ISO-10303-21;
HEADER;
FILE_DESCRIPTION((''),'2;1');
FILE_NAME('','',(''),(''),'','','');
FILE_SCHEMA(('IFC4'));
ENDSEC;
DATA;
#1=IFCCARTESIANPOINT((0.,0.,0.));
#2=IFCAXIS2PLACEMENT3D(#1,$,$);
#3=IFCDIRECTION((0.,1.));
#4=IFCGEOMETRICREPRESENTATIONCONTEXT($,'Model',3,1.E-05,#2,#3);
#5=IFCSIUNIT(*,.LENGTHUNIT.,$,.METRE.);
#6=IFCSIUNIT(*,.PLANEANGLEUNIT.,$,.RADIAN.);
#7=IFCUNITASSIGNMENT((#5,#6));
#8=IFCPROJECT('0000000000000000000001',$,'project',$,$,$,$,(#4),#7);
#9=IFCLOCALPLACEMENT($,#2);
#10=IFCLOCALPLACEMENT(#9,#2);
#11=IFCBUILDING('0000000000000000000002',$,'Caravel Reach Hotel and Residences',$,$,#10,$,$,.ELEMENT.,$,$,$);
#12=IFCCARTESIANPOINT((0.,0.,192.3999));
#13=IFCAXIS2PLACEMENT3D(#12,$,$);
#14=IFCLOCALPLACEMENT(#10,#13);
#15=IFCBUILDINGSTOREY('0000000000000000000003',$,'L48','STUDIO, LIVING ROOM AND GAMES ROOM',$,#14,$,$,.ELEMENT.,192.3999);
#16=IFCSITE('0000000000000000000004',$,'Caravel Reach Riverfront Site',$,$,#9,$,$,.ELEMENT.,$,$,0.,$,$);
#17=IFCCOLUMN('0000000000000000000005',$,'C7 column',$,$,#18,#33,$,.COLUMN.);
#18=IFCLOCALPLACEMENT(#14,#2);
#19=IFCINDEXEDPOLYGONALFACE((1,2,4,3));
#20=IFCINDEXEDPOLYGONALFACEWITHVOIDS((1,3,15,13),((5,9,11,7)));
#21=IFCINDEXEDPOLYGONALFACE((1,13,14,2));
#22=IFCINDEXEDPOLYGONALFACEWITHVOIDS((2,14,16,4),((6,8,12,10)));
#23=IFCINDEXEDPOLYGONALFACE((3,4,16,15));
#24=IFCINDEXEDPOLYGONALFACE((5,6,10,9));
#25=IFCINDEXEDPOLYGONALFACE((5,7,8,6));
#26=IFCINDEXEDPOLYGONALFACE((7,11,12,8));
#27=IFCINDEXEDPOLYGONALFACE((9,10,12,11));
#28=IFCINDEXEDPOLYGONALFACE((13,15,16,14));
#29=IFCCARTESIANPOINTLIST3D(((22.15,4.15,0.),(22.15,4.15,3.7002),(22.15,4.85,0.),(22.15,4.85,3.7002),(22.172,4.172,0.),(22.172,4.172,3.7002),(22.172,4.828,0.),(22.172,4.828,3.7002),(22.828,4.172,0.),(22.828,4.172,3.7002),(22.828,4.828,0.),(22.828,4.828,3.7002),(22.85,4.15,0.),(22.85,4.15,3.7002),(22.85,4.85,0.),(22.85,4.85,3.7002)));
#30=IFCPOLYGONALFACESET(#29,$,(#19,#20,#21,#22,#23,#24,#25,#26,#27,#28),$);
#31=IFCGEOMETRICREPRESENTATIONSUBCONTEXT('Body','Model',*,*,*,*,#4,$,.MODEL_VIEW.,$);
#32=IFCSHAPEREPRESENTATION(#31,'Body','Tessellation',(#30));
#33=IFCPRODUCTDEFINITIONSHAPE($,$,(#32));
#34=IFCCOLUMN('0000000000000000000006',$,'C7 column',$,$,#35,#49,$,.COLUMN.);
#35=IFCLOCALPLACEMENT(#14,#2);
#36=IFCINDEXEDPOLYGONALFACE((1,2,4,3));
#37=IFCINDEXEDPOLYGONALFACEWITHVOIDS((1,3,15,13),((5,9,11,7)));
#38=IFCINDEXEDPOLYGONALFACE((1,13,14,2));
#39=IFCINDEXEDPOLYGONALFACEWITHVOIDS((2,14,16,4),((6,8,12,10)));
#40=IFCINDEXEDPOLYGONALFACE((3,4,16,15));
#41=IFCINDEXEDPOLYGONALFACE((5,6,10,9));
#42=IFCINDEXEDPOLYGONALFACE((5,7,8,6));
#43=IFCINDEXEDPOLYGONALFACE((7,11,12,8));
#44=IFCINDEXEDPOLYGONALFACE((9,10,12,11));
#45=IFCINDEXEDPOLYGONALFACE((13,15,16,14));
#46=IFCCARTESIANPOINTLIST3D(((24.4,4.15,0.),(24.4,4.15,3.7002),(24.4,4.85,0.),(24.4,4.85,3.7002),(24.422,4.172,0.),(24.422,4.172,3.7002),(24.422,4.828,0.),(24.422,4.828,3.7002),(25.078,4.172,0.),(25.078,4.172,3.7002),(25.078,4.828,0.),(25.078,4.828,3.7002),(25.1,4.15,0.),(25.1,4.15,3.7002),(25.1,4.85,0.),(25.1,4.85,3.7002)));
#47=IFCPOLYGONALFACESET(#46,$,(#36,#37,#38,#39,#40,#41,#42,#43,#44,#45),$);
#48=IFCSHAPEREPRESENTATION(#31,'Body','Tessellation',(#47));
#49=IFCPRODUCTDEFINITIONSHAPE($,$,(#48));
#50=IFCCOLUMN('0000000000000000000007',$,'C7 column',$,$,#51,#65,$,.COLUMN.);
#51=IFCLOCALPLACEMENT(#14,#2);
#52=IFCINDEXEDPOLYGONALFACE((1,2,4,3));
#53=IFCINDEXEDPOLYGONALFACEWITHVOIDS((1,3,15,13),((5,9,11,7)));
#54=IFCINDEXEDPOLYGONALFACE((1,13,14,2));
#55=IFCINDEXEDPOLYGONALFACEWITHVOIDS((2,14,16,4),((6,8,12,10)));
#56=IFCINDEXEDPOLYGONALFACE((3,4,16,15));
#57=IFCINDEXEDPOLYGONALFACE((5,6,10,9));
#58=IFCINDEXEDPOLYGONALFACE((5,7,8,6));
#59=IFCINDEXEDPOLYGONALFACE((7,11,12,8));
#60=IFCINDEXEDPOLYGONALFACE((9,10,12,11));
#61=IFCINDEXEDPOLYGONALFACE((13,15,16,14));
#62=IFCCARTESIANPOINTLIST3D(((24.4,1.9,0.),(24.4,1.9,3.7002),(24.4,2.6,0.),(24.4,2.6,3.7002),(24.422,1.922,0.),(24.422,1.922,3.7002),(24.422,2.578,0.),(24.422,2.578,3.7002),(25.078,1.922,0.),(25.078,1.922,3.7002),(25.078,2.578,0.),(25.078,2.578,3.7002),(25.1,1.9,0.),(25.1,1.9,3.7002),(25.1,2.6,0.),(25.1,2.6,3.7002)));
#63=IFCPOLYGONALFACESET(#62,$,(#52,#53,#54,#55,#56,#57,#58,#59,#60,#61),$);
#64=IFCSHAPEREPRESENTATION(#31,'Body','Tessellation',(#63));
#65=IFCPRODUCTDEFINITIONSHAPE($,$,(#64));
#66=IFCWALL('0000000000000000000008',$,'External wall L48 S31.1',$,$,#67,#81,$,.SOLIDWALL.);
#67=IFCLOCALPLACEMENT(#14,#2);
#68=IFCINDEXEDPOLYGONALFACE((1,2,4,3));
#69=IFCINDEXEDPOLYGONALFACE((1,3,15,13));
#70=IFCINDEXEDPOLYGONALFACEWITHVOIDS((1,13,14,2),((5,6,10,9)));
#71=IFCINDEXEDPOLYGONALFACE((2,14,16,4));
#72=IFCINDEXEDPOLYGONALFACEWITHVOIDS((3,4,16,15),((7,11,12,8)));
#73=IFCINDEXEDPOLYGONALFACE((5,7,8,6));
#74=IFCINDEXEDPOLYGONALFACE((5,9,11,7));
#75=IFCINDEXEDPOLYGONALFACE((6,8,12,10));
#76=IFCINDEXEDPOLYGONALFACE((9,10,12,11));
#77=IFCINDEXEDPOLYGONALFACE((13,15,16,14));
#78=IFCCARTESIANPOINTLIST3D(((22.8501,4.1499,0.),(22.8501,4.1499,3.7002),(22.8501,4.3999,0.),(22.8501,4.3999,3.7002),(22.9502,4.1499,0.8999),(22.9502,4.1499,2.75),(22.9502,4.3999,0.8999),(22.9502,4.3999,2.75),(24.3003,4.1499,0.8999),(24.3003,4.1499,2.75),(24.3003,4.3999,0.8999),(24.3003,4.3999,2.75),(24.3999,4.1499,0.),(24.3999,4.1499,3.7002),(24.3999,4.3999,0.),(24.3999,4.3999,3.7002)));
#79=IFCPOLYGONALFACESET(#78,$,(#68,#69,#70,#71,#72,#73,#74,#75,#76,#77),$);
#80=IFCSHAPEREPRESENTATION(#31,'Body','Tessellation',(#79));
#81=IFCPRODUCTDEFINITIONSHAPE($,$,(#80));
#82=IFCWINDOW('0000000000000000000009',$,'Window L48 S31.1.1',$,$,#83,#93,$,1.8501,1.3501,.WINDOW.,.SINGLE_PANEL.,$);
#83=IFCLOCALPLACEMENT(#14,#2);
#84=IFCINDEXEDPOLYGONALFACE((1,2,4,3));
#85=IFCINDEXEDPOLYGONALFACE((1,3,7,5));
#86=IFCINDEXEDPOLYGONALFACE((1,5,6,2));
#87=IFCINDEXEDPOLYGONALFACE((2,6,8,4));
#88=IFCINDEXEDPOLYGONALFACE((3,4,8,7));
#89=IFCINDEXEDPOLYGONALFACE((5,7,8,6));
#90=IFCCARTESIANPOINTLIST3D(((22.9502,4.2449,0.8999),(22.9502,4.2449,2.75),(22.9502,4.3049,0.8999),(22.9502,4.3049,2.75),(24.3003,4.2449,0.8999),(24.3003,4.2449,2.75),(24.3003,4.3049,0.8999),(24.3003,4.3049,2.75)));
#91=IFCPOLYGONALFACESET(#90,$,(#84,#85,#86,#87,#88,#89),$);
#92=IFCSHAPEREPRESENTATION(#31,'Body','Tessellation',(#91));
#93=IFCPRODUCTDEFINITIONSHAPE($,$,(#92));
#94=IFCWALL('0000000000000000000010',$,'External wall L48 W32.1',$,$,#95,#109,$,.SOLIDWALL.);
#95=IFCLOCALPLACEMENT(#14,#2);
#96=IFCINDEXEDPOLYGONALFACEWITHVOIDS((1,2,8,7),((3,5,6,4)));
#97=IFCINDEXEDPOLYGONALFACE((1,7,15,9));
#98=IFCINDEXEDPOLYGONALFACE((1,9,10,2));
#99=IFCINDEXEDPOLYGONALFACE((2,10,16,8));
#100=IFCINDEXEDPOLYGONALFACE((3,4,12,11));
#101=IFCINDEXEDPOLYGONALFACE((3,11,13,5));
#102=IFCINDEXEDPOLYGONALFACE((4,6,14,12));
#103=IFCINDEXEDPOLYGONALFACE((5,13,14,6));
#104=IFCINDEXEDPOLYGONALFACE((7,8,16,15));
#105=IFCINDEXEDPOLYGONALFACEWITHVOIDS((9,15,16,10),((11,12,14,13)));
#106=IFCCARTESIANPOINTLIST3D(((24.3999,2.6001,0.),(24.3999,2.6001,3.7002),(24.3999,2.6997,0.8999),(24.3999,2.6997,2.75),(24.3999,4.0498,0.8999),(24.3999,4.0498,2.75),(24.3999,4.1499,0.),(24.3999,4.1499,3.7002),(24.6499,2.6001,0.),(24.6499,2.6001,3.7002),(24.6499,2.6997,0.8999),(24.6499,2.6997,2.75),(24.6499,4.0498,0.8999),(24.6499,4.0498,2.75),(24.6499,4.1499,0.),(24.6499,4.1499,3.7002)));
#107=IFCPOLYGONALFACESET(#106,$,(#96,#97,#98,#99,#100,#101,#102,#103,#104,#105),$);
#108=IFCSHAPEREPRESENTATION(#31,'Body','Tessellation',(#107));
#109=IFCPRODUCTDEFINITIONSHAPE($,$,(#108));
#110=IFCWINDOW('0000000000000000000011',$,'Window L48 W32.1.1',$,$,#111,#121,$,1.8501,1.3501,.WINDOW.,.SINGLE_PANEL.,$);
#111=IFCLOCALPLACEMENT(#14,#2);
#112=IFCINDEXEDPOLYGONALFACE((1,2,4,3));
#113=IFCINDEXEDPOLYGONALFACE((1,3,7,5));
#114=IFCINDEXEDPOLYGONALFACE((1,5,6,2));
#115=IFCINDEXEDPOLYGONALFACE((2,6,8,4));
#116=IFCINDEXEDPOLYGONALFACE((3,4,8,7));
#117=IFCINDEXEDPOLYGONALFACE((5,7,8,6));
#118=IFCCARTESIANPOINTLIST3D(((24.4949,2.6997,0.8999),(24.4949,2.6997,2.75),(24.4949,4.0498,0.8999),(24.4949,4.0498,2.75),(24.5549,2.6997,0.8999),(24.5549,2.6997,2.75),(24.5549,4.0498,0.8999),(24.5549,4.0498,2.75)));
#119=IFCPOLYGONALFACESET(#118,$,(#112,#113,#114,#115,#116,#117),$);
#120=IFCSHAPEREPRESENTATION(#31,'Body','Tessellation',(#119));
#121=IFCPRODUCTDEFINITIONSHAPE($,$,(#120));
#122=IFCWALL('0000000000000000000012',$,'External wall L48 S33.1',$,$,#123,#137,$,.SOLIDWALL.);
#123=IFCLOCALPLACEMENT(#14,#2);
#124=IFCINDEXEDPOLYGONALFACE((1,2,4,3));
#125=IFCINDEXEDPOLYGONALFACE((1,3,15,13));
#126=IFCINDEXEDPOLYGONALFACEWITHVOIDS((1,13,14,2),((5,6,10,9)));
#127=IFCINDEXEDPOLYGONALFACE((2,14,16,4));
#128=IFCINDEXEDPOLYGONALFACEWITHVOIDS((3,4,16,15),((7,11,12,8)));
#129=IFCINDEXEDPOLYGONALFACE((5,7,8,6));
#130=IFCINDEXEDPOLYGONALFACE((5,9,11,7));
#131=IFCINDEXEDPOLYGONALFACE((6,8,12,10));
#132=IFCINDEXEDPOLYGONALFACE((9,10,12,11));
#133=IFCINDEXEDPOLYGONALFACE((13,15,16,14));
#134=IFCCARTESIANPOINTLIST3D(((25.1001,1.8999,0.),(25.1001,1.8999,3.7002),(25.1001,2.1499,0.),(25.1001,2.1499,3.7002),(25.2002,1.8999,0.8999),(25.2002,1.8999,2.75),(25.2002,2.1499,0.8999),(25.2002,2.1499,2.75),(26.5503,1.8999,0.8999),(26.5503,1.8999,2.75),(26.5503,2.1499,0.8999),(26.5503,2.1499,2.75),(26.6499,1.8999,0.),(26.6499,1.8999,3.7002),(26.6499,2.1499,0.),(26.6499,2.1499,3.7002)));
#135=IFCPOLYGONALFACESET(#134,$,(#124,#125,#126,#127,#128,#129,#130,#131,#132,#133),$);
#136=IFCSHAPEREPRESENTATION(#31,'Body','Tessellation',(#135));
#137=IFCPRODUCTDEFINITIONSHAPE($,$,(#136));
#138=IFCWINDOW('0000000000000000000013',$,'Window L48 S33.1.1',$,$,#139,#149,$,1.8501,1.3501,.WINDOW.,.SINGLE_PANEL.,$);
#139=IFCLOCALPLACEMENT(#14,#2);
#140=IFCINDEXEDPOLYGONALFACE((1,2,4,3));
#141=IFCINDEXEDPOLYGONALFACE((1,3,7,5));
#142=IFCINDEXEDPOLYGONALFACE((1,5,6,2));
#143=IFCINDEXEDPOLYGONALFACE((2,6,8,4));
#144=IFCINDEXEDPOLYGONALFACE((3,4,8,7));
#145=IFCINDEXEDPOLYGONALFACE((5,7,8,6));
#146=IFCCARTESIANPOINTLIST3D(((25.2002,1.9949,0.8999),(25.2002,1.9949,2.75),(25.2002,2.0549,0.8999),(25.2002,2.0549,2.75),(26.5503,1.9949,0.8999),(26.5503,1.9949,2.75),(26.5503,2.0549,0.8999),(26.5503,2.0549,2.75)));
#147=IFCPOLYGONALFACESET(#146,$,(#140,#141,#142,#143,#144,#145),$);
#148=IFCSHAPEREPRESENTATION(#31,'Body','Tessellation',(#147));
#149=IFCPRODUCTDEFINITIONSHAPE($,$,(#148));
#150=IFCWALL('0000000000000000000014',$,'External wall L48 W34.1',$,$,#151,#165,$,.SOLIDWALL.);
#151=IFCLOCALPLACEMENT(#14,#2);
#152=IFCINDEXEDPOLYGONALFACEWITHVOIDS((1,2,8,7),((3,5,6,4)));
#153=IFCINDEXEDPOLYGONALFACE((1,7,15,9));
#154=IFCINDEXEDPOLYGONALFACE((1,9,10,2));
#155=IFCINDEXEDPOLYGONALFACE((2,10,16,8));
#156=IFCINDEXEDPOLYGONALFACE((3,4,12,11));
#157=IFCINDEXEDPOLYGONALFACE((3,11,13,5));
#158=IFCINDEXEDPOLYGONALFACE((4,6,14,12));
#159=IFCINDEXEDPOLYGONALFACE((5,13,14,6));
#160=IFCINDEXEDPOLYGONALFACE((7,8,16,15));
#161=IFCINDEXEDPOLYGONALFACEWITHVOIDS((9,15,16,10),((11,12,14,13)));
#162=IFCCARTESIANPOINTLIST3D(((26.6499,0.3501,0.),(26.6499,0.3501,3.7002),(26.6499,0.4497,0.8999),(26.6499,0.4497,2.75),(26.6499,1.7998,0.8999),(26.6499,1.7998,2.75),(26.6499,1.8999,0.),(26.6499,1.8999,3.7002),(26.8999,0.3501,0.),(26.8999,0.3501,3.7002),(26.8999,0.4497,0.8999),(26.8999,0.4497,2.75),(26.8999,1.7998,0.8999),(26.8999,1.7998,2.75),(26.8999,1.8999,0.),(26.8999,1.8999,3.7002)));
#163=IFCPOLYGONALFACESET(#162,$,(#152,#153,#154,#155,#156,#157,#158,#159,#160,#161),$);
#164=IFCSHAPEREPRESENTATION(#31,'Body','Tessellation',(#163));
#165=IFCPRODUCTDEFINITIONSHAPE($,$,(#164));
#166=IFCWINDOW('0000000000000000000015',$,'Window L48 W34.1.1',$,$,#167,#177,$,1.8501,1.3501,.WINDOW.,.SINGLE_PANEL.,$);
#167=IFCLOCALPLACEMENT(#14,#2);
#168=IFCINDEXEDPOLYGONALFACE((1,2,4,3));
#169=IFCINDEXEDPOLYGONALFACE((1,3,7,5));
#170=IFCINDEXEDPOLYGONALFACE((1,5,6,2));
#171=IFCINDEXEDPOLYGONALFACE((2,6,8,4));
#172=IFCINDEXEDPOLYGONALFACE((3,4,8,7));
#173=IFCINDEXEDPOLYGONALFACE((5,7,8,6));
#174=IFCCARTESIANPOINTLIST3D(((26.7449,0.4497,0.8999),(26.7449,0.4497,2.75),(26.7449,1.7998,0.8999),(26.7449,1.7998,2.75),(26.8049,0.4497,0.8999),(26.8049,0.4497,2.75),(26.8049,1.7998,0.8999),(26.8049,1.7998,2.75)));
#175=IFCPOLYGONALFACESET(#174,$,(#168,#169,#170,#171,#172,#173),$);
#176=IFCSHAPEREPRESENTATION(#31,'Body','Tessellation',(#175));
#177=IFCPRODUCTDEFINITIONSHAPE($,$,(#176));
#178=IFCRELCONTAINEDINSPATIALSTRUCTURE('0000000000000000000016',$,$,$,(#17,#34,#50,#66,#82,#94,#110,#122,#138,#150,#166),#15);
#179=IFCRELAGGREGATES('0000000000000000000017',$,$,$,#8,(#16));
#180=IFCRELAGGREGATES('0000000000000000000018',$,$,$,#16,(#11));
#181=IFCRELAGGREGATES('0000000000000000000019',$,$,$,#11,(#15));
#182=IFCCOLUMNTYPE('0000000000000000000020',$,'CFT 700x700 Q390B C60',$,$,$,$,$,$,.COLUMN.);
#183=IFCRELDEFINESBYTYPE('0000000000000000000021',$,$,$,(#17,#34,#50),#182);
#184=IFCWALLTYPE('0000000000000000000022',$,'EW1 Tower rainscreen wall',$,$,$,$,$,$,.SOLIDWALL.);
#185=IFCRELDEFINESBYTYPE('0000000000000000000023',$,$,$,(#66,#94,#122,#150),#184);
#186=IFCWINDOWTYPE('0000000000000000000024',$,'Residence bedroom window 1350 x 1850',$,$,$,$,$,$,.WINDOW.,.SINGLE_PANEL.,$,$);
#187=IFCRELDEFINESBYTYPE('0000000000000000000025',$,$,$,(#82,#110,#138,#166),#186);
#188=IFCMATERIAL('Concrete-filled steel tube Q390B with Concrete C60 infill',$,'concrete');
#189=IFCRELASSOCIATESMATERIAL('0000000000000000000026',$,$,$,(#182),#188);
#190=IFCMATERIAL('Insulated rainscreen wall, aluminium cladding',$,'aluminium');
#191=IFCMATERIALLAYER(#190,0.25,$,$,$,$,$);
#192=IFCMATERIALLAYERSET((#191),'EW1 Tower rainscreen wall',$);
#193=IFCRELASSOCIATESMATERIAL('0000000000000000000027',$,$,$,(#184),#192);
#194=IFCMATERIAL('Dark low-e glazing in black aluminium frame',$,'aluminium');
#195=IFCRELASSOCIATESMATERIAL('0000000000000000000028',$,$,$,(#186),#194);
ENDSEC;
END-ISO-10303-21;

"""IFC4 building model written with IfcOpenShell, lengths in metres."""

from ifc_helpers import new_model, si_unit, direction, frame, frame_2d, origin, origin_2d, place, context, subcontext, project, spatial, rectangle, hollow_rectangle, extrude, material, layer, layer_set, material_profile, profile_set, type_object, element, fill, save


model = new_model("IFC4")

# Units and contexts
model_context = context("Model", 3, precision=1e-05, world=origin(), true_north=direction((0.0, 1.0)))
body_context = subcontext(model_context, "Body", "Model", "MODEL_VIEW")
ifc_project = project(units=[si_unit("LENGTHUNIT", "METRE"), si_unit("PLANEANGLEUNIT", "RADIAN")], contexts=[model_context])

# Site, building, storey
site_placement = place(None, origin())
site = spatial("IfcSite", under=ifc_project, at=site_placement, Name="Caravel Reach Riverfront Site", CompositionType="ELEMENT", RefElevation=0.0)
building_placement = place(site_placement, origin())
building = spatial("IfcBuilding", under=site, at=building_placement, Name="Caravel Reach Hotel and Residences", CompositionType="ELEMENT")
storey_placement = place(building_placement, frame((0.0, 0.0, 192.3999)))
storey = spatial("IfcBuildingStorey", under=building, at=storey_placement, Name="L48", Description="STUDIO, LIVING ROOM AND GAMES ROOM", CompositionType="ELEMENT", Elevation=192.3999)

# Columns
ifc_material_1 = material(Name="Concrete-filled steel tube Q390B with Concrete C60 infill", Category="concrete")
ifc_material_profile = material_profile(ifc_material_1, hollow_rectangle(XDim=0.7, YDim=0.7, WallThickness=0.022, at=origin_2d()), Name="RHS 700x700x22")
ifc_profile_set = profile_set([ifc_material_profile], Name="Concrete-filled steel tube Q390B with Concrete C60 infill")
column_type = type_object("IfcColumnType", Name="CFT 700x700 Q390B C60", PredefinedType="COLUMN", material=ifc_profile_set)
for number, where, z_axis, x_axis, name in (
    (1, (22.5, 4.5, 0.0), (0.0, 0.0, 1.0), (1.0, 0.0, 0.0), "C7 column"),
    (2, (24.75, 4.5, 0.0), (0.0, 0.0, 1.0), (1.0, 0.0, 0.0), "C7 column"),
    (3, (24.75, 2.25, 0.0), (0.0, 0.0, 1.0), (1.0, 0.0, 0.0), "C7 column"),
):
    element("IfcColumn", number, at=place(storey_placement, frame(where, z_axis=z_axis, x_axis=x_axis)), inside=storey, type_object=column_type, Name=name, PredefinedType="COLUMN", context=body_context, shape_type="SweptSolid", body=[
        extrude(hollow_rectangle(XDim=0.7, YDim=0.7, WallThickness=0.022, at=origin_2d()), origin(), (0.0, 0.0, 1.0), 3.7002),
    ])

# Walls, openings, windows
ifc_material_2 = material(Name="Insulated rainscreen wall, aluminium cladding", Category="aluminium")
ifc_layer_1 = layer(ifc_material_2, 0.25)
ifc_layer_set_1 = layer_set([ifc_layer_1], Name="EW1 Tower rainscreen wall")
wall_type_1 = type_object("IfcWallType", Name="EW1 Tower rainscreen wall", PredefinedType="SOLIDWALL", material=ifc_layer_set_1)
wall_1_placement = place(storey_placement, frame((22.8501, 4.2749, 0.0), z_axis=(0.0, 0.0, 1.0), x_axis=(1.0, 0.0, 0.0)))
wall_1 = element("IfcWall", 4, at=wall_1_placement, inside=storey, type_object=wall_type_1, Name="External wall L48 S31.1", PredefinedType="SOLIDWALL", context=body_context, shape_type="SweptSolid", body=[
    extrude(rectangle(XDim=1.5498, YDim=0.25, at=frame_2d((0.7749, 0.0))), origin(), (0.0, 0.0, 1.0), 3.7002),
])
opening_1_placement = place(wall_1_placement, frame((0.1001, 0.0, 0.8999)))
opening_1 = element("IfcOpeningElement", 5, at=opening_1_placement, cuts=wall_1, PredefinedType="OPENING", context=body_context, shape_type="SweptSolid", body=[
    extrude(rectangle(XDim=1.3501, YDim=1.8501, at=frame_2d((0.675, 0.925))), frame((0.0, 0.135, 0.0), z_axis=(0.0, -1.0, 0.0), x_axis=(1.0, 0.0, 0.0)), (0.0, 0.0, 1.0), 0.27),
])
ifc_material_3 = material(Name="Dark low-e glazing in black aluminium frame", Category="aluminium")
window_type = type_object("IfcWindowType", Name="Residence bedroom window 1350 x 1850", PartitioningType="SINGLE_PANEL", PredefinedType="WINDOW", material=ifc_material_3)
window_1_placement = place(opening_1_placement, origin())
window_1 = element("IfcWindow", 6, at=window_1_placement, inside=storey, type_object=window_type, Name="Window L48 S31.1.1", OverallHeight=1.8501, OverallWidth=1.3501, PartitioningType="SINGLE_PANEL", PredefinedType="WINDOW", context=body_context, shape_type="SweptSolid", body=[
    extrude(rectangle(XDim=1.3501, YDim=1.8501, at=frame_2d((0.675, 0.925))), frame((0.0, 0.03, 0.0), z_axis=(0.0, -1.0, 0.0), x_axis=(1.0, 0.0, 0.0)), (0.0, 0.0, 1.0), 0.0601),
])
fill(opening_1, window_1)
wall_2_placement = place(storey_placement, frame((24.5249, 4.1499, 0.0), z_axis=(0.0, 0.0, 1.0), x_axis=(0.0, -1.0, 0.0)))
wall_2 = element("IfcWall", 7, at=wall_2_placement, inside=storey, type_object=wall_type_1, Name="External wall L48 W32.1", PredefinedType="SOLIDWALL", context=body_context, shape_type="SweptSolid", body=[
    extrude(rectangle(XDim=1.5498, YDim=0.25, at=frame_2d((0.7749, 0.0))), origin(), (0.0, 0.0, 1.0), 3.7002),
])
opening_2_placement = place(wall_2_placement, frame((0.1001, 0.0, 0.8999)))
opening_2 = element("IfcOpeningElement", 8, at=opening_2_placement, cuts=wall_2, PredefinedType="OPENING", context=body_context, shape_type="SweptSolid", body=[
    extrude(rectangle(XDim=1.3501, YDim=1.8501, at=frame_2d((0.675, 0.925))), frame((0.0, 0.135, 0.0), z_axis=(0.0, -1.0, 0.0), x_axis=(1.0, 0.0, 0.0)), (0.0, 0.0, 1.0), 0.27),
])
window_2_placement = place(opening_2_placement, origin())
window_2 = element("IfcWindow", 9, at=window_2_placement, inside=storey, type_object=window_type, Name="Window L48 W32.1.1", OverallHeight=1.8501, OverallWidth=1.3501, PartitioningType="SINGLE_PANEL", PredefinedType="WINDOW", context=body_context, shape_type="SweptSolid", body=[
    extrude(rectangle(XDim=1.3501, YDim=1.8501, at=frame_2d((0.675, 0.925))), frame((0.0, 0.03, 0.0), z_axis=(0.0, -1.0, 0.0), x_axis=(1.0, 0.0, 0.0)), (0.0, 0.0, 1.0), 0.0601),
])
fill(opening_2, window_2)
wall_3_placement = place(storey_placement, frame((25.1001, 2.0249, 0.0), z_axis=(0.0, 0.0, 1.0), x_axis=(1.0, 0.0, 0.0)))
wall_3 = element("IfcWall", 10, at=wall_3_placement, inside=storey, type_object=wall_type_1, Name="External wall L48 S33.1", PredefinedType="SOLIDWALL", context=body_context, shape_type="SweptSolid", body=[
    extrude(rectangle(XDim=1.5498, YDim=0.25, at=frame_2d((0.7749, 0.0))), origin(), (0.0, 0.0, 1.0), 3.7002),
])
opening_3_placement = place(wall_3_placement, frame((0.1001, 0.0, 0.8999)))
opening_3 = element("IfcOpeningElement", 11, at=opening_3_placement, cuts=wall_3, PredefinedType="OPENING", context=body_context, shape_type="SweptSolid", body=[
    extrude(rectangle(XDim=1.3501, YDim=1.8501, at=frame_2d((0.675, 0.925))), frame((0.0, 0.135, 0.0), z_axis=(0.0, -1.0, 0.0), x_axis=(1.0, 0.0, 0.0)), (0.0, 0.0, 1.0), 0.27),
])
window_3_placement = place(opening_3_placement, origin())
window_3 = element("IfcWindow", 12, at=window_3_placement, inside=storey, type_object=window_type, Name="Window L48 S33.1.1", OverallHeight=1.8501, OverallWidth=1.3501, PartitioningType="SINGLE_PANEL", PredefinedType="WINDOW", context=body_context, shape_type="SweptSolid", body=[
    extrude(rectangle(XDim=1.3501, YDim=1.8501, at=frame_2d((0.675, 0.925))), frame((0.0, 0.03, 0.0), z_axis=(0.0, -1.0, 0.0), x_axis=(1.0, 0.0, 0.0)), (0.0, 0.0, 1.0), 0.0601),
])
fill(opening_3, window_3)
wall_4_placement = place(storey_placement, frame((26.7749, 1.8999, 0.0), z_axis=(0.0, 0.0, 1.0), x_axis=(0.0, -1.0, 0.0)))
wall_4 = element("IfcWall", 13, at=wall_4_placement, inside=storey, type_object=wall_type_1, Name="External wall L48 W34.1", PredefinedType="SOLIDWALL", context=body_context, shape_type="SweptSolid", body=[
    extrude(rectangle(XDim=1.5498, YDim=0.25, at=frame_2d((0.7749, 0.0))), origin(), (0.0, 0.0, 1.0), 3.7002),
])
opening_4_placement = place(wall_4_placement, frame((0.1001, 0.0, 0.8999)))
opening_4 = element("IfcOpeningElement", 14, at=opening_4_placement, cuts=wall_4, PredefinedType="OPENING", context=body_context, shape_type="SweptSolid", body=[
    extrude(rectangle(XDim=1.3501, YDim=1.8501, at=frame_2d((0.675, 0.925))), frame((0.0, 0.135, 0.0), z_axis=(0.0, -1.0, 0.0), x_axis=(1.0, 0.0, 0.0)), (0.0, 0.0, 1.0), 0.27),
])
window_4_placement = place(opening_4_placement, origin())
window_4 = element("IfcWindow", 15, at=window_4_placement, inside=storey, type_object=window_type, Name="Window L48 W34.1.1", OverallHeight=1.8501, OverallWidth=1.3501, PartitioningType="SINGLE_PANEL", PredefinedType="WINDOW", context=body_context, shape_type="SweptSolid", body=[
    extrude(rectangle(XDim=1.3501, YDim=1.8501, at=frame_2d((0.675, 0.925))), frame((0.0, 0.03, 0.0), z_axis=(0.0, -1.0, 0.0), x_axis=(1.0, 0.0, 0.0)), (0.0, 0.0, 1.0), 0.0601),
])
fill(opening_4, window_4)

save(model, "model.ifc")
